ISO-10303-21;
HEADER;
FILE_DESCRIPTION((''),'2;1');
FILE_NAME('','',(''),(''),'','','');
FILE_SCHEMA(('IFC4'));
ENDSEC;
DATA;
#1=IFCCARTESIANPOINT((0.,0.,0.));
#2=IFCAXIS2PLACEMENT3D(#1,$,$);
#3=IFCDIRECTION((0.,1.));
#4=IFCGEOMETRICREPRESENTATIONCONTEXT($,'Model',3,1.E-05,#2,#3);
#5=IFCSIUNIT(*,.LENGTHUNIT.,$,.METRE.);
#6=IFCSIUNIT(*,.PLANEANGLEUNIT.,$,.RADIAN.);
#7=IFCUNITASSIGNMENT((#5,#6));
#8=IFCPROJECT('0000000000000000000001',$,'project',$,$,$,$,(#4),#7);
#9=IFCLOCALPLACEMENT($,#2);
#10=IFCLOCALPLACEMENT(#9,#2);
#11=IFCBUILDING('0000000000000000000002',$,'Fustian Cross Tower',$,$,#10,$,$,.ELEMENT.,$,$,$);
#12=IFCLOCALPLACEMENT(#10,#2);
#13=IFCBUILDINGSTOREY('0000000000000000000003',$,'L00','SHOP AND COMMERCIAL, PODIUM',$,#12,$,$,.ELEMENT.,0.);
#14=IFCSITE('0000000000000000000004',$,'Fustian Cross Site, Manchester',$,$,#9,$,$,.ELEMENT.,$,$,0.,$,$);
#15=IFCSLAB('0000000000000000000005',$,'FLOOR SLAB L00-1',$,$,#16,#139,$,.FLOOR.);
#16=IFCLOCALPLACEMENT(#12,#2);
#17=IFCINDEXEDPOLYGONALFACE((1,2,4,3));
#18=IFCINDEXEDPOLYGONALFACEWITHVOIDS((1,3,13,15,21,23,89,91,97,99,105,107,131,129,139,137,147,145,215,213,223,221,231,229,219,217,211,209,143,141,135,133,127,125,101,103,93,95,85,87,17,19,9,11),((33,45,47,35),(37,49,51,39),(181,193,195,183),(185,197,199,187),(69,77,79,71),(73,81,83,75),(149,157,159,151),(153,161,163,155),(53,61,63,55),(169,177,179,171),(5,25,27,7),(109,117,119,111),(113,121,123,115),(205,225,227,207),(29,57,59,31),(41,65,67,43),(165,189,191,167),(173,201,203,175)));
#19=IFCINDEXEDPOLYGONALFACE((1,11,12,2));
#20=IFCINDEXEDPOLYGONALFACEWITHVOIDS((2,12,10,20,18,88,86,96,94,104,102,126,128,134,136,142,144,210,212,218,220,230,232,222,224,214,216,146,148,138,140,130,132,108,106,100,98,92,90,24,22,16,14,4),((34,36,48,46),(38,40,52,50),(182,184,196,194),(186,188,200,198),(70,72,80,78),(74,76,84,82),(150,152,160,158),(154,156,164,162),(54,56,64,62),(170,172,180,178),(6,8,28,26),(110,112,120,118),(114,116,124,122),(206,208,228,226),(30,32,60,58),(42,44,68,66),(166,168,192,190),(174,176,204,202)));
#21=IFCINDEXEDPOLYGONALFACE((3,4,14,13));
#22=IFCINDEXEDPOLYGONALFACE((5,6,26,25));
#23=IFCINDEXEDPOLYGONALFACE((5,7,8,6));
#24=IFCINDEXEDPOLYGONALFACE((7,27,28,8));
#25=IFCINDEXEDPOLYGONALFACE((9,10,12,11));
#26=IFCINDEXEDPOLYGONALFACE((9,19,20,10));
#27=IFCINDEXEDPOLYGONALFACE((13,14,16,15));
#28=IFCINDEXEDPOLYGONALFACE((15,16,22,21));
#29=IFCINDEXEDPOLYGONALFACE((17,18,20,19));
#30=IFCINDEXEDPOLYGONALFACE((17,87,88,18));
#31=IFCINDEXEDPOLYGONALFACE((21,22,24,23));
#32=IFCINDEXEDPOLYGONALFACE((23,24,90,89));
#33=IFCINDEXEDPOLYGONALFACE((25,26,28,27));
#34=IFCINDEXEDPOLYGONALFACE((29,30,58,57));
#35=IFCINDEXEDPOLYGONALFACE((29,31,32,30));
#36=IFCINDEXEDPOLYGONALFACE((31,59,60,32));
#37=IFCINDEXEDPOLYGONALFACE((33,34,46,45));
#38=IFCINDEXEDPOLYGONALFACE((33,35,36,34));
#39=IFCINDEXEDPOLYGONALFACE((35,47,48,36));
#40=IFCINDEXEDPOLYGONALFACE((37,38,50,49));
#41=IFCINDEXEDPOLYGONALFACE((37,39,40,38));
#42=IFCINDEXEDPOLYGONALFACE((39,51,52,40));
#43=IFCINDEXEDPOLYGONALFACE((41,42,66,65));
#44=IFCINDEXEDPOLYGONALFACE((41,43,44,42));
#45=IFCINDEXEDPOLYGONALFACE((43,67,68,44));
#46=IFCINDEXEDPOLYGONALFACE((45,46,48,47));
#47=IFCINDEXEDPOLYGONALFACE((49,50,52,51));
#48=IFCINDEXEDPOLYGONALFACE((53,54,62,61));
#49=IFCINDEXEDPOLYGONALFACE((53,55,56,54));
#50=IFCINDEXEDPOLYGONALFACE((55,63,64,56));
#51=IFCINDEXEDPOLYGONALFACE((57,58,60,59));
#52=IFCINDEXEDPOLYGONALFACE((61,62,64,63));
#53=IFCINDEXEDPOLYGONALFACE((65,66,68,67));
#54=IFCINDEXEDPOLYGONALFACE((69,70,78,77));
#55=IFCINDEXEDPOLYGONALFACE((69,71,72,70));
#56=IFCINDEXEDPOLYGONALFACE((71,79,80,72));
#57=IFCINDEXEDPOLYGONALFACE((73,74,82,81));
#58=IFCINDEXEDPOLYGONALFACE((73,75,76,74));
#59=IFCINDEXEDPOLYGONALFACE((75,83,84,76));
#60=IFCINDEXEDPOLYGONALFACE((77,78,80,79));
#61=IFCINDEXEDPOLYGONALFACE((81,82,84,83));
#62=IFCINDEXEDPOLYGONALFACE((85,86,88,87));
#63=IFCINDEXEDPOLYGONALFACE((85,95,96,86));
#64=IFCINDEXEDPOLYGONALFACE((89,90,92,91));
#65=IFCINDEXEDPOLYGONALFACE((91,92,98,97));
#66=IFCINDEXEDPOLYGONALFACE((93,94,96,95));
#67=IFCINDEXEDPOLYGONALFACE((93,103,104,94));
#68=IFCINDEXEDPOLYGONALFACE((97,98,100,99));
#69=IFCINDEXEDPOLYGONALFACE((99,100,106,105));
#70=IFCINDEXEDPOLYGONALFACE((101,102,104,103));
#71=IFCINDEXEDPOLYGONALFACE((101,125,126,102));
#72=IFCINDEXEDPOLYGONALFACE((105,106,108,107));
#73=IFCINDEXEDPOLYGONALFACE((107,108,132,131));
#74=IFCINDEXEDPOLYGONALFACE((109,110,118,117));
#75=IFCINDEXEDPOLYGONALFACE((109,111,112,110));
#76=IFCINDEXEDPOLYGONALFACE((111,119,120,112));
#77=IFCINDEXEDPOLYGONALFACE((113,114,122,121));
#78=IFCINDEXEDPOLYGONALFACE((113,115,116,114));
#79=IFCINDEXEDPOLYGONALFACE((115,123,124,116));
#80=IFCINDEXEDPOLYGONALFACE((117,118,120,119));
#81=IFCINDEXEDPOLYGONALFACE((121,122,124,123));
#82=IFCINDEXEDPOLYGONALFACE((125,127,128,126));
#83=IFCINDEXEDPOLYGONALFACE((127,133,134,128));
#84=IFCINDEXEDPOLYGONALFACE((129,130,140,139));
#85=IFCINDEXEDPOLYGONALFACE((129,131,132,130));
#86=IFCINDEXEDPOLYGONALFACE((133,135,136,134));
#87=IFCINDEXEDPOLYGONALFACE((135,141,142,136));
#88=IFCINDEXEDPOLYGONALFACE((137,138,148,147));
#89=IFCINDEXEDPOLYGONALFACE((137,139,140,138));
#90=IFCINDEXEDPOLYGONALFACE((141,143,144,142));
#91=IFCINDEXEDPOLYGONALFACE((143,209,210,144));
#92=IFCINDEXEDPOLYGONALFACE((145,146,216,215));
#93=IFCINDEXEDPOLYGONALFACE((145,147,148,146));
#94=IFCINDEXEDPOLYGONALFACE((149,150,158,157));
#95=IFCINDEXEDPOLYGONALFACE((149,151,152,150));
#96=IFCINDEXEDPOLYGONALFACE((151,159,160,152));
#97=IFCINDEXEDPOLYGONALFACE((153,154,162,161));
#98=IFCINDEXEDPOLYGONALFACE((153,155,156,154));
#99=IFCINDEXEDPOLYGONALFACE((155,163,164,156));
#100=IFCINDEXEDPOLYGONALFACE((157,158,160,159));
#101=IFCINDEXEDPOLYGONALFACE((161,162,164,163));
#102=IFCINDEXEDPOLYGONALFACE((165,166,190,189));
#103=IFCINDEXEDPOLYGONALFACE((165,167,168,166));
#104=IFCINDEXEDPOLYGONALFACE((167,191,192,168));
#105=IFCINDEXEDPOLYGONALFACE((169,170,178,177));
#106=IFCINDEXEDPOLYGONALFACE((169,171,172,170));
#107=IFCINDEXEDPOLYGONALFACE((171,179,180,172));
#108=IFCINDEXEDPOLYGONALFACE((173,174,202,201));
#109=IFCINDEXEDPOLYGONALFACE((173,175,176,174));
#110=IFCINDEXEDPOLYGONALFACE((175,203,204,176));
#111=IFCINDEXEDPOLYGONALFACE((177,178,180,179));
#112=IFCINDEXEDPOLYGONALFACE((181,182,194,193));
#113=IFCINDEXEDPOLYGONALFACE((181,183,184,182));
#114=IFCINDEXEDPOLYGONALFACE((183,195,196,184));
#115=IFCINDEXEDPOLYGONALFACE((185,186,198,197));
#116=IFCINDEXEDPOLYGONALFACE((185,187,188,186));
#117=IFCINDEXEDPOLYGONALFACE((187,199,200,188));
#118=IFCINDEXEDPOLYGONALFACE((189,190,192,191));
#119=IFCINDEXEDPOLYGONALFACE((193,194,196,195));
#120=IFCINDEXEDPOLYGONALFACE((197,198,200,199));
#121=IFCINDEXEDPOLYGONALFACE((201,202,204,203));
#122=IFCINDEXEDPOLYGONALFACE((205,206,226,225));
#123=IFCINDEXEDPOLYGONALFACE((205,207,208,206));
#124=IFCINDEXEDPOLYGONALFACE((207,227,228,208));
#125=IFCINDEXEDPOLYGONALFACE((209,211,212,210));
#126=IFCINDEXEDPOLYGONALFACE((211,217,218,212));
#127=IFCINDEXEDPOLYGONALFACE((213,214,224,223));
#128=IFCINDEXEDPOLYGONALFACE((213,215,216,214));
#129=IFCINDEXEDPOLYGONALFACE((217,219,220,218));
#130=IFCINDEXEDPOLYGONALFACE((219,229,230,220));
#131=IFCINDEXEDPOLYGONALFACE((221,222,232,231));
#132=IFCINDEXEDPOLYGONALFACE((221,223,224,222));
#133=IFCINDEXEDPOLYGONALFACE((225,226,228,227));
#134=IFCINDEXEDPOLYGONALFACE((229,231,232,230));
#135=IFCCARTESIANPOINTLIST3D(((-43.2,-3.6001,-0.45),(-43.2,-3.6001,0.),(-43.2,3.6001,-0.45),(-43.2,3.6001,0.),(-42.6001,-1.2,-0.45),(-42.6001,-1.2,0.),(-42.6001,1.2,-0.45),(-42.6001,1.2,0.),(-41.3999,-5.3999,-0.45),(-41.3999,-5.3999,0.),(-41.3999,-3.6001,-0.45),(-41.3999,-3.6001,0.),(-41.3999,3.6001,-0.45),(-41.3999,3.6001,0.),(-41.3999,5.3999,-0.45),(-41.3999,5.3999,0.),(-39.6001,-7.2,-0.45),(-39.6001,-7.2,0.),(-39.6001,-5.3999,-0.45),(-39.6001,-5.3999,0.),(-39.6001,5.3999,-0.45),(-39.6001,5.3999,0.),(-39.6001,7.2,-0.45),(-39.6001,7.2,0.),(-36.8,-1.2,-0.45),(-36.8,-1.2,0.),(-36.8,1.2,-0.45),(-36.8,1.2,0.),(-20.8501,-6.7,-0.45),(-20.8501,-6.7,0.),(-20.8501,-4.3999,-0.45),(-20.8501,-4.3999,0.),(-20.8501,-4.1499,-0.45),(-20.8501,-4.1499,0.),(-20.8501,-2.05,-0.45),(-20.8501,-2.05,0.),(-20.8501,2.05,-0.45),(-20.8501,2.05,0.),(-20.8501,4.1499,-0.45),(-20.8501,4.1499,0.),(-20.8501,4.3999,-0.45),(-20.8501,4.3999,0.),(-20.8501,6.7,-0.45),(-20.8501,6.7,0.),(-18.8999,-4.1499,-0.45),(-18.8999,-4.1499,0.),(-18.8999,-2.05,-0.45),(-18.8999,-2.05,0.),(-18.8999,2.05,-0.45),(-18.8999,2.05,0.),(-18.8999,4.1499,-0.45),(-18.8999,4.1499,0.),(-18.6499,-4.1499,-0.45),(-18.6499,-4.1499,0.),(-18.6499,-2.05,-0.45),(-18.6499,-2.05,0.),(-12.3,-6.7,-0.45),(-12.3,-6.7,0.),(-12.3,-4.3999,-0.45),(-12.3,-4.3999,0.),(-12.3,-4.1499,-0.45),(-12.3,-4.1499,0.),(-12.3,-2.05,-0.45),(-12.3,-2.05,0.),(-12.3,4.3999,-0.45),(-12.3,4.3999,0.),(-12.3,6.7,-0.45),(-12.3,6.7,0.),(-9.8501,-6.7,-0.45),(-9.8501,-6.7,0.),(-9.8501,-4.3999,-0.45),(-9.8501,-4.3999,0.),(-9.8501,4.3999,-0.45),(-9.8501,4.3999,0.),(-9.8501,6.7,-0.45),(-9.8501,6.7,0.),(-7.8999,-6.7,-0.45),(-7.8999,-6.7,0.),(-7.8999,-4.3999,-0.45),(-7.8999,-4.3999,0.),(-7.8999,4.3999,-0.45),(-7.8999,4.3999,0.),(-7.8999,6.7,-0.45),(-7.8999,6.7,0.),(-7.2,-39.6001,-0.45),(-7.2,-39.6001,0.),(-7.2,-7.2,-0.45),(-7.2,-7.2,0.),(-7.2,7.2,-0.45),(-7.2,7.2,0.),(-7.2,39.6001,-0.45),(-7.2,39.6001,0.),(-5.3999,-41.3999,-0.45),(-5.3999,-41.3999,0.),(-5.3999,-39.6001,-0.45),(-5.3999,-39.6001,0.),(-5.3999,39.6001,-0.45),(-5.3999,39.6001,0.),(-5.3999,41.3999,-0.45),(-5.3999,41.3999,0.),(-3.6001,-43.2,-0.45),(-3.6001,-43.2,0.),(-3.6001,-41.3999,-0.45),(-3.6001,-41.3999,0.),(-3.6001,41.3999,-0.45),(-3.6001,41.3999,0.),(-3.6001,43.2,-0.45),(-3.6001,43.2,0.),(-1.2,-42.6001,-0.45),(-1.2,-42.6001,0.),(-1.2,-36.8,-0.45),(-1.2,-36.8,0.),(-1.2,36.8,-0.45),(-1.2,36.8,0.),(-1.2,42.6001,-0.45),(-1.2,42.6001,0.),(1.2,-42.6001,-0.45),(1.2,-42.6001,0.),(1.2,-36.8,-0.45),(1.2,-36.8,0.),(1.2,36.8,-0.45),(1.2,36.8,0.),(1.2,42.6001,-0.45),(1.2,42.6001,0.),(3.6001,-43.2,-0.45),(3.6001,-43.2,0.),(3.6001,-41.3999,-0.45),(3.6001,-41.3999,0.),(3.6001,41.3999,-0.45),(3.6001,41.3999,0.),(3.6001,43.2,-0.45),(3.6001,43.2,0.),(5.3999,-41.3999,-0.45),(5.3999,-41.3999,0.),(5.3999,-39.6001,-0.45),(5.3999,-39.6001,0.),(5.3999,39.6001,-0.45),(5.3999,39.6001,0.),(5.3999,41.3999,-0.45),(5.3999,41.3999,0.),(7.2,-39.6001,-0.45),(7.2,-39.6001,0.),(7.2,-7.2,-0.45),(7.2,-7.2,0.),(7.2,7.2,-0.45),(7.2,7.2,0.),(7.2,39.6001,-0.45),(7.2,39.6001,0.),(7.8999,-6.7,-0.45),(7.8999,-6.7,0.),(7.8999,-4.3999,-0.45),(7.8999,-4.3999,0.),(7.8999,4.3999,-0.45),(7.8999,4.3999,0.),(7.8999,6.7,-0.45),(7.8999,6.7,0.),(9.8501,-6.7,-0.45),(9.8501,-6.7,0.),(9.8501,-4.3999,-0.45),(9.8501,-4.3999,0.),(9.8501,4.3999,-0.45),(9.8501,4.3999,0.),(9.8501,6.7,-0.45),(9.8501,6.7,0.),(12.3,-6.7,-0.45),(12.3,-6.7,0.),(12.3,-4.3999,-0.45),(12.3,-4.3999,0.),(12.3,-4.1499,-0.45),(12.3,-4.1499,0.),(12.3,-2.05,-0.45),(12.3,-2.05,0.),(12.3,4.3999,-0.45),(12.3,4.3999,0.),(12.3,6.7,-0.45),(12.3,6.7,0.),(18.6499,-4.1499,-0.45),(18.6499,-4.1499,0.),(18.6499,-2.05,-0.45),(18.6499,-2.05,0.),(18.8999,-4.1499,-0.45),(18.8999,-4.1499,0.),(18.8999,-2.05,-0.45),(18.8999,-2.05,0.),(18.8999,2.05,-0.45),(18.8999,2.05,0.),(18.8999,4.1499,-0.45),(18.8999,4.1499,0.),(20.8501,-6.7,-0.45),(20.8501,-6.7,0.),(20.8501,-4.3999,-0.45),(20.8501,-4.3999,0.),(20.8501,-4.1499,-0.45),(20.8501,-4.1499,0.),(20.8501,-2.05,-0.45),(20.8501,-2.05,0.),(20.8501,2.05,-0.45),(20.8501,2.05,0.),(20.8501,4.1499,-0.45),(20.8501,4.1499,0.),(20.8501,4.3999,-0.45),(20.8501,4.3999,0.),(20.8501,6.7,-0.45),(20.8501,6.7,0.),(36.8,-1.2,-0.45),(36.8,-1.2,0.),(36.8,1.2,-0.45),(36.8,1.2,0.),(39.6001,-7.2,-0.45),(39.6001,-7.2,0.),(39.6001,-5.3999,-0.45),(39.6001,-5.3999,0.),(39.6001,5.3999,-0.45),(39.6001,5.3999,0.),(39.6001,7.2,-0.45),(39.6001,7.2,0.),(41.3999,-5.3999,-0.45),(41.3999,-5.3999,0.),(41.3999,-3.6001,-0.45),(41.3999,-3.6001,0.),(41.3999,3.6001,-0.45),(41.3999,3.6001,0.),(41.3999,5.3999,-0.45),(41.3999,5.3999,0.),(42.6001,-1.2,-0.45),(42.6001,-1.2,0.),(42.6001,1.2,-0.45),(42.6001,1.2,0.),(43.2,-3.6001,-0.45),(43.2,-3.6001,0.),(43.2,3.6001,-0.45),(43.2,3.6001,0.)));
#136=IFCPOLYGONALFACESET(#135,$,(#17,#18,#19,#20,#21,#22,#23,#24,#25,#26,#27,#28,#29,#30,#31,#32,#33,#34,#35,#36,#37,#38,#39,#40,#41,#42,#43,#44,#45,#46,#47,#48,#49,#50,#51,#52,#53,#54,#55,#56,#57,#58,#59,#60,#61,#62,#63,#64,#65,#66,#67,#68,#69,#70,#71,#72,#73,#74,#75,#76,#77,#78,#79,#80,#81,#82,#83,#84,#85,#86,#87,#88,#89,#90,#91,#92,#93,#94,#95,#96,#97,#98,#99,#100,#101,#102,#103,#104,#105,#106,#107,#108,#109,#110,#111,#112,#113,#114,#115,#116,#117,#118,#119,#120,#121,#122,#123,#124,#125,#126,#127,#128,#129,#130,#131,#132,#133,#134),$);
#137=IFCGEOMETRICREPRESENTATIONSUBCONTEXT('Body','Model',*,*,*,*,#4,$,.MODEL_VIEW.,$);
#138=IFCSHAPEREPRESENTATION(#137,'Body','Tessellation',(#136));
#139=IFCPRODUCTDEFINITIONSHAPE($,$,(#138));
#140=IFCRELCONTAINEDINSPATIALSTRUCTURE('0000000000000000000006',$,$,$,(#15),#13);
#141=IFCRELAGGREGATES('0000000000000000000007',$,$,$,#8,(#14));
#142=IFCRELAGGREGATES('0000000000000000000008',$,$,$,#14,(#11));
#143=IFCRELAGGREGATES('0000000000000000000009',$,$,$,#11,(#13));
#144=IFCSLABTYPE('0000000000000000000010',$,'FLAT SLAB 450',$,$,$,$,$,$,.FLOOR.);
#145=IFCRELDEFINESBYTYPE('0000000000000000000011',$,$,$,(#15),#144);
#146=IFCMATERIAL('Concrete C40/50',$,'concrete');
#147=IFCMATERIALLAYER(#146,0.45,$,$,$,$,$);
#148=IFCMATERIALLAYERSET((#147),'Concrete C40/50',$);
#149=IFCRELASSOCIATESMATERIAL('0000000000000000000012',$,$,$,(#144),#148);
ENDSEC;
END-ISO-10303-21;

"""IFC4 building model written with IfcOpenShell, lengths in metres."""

from ifc_helpers import new_model, si_unit, direction, frame, origin, place, context, subcontext, project, spatial, polyline, outline, extrude, material, layer, layer_set, type_object, element, save


model = new_model("IFC4")

# Units and contexts
model_context = context("Model", 3, precision=1e-05, world=origin(), true_north=direction((0.0, 1.0)))
body_context = subcontext(model_context, "Body", "Model", "MODEL_VIEW")
ifc_project = project(units=[si_unit("LENGTHUNIT", "METRE"), si_unit("PLANEANGLEUNIT", "RADIAN")], contexts=[model_context])

# Site, building, storey
site_placement = place(None, origin())
site = spatial("IfcSite", under=ifc_project, at=site_placement, Name="Fustian Cross Site, Manchester", CompositionType="ELEMENT", RefElevation=0.0)
building_placement = place(site_placement, origin())
building = spatial("IfcBuilding", under=site, at=building_placement, Name="Fustian Cross Tower", CompositionType="ELEMENT")
storey_placement = place(building_placement, origin())
storey = spatial("IfcBuildingStorey", under=building, at=storey_placement, Name="L00", Description="SHOP AND COMMERCIAL, PODIUM", CompositionType="ELEMENT", Elevation=0.0)

# Slab
ifc_material_1 = material(Name="Concrete C40/50", Category="concrete")
ifc_layer_1 = layer(ifc_material_1, 0.45)
ifc_layer_set_1 = layer_set([ifc_layer_1], Name="Concrete C40/50")
slab_type_1 = type_object("IfcSlabType", Name="FLAT SLAB 450", PredefinedType="FLOOR", material=ifc_layer_set_1)
slab_1_placement = place(storey_placement, frame((0.0, 0.0, -0.45)))
element("IfcSlab", 1, at=slab_1_placement, inside=storey, type_object=slab_type_1, Name="FLOOR SLAB L00-1", PredefinedType="FLOOR", context=body_context, shape_type="SweptSolid", body=[
    extrude(outline(polyline([(7.2, -39.6001), (5.3999, -39.6001), (5.3999, -41.3999), (3.6001, -41.3999), (3.6001, -43.2), (-3.6001, -43.2), (-3.6001, -41.3999), (-5.3999, -41.3999), (-5.3999, -39.6001), (-7.2, -39.6001), (-7.2, -7.2), (-39.6001, -7.2), (-39.6001, -5.3999), (-41.3999, -5.3999), (-41.3999, -3.6001), (-43.2, -3.6001), (-43.2, 3.6001), (-41.3999, 3.6001), (-41.3999, 5.3999), (-39.6001, 5.3999), (-39.6001, 7.2), (-7.2, 7.2), (-7.2, 39.6001), (-5.3999, 39.6001), (-5.3999, 41.3999), (-3.6001, 41.3999), (-3.6001, 43.2), (3.6001, 43.2), (3.6001, 41.3999), (5.3999, 41.3999), (5.3999, 39.6001), (7.2, 39.6001), (7.2, 7.2), (39.6001, 7.2), (39.6001, 5.3999), (41.3999, 5.3999), (41.3999, 3.6001), (43.2, 3.6001), (43.2, -3.6001), (41.3999, -3.6001), (41.3999, -5.3999), (39.6001, -5.3999), (39.6001, -7.2), (7.2, -7.2), (7.2, -39.6001)]), holes=[polyline([(18.8999, -4.1499), (20.8501, -4.1499), (20.8501, -2.05), (18.8999, -2.05), (18.8999, -4.1499)]), polyline([(18.8999, 4.1499), (18.8999, 2.05), (20.8501, 2.05), (20.8501, 4.1499), (18.8999, 4.1499)]), polyline([(9.8501, 6.7), (7.8999, 6.7), (7.8999, 4.3999), (9.8501, 4.3999), (9.8501, 6.7)]), polyline([(9.8501, -6.7), (9.8501, -4.3999), (7.8999, -4.3999), (7.8999, -6.7), (9.8501, -6.7)]), polyline([(-20.8501, -4.1499), (-18.8999, -4.1499), (-18.8999, -2.05), (-20.8501, -2.05), (-20.8501, -4.1499)]), polyline([(-20.8501, 4.1499), (-20.8501, 2.05), (-18.8999, 2.05), (-18.8999, 4.1499), (-20.8501, 4.1499)]), polyline([(-7.8999, 6.7), (-9.8501, 6.7), (-9.8501, 4.3999), (-7.8999, 4.3999), (-7.8999, 6.7)]), polyline([(-7.8999, -6.7), (-7.8999, -4.3999), (-9.8501, -4.3999), (-9.8501, -6.7), (-7.8999, -6.7)]), polyline([(12.3, -4.1499), (18.6499, -4.1499), (18.6499, -2.05), (12.3, -2.05), (12.3, -4.1499)]), polyline([(-18.6499, -2.05), (-18.6499, -4.1499), (-12.3, -4.1499), (-12.3, -2.05), (-18.6499, -2.05)]), polyline([(20.8501, 6.7), (12.3, 6.7), (12.3, 4.3999), (20.8501, 4.3999), (20.8501, 6.7)]), polyline([(20.8501, -6.7), (20.8501, -4.3999), (12.3, -4.3999), (12.3, -6.7), (20.8501, -6.7)]), polyline([(-20.8501, 4.3999), (-12.3, 4.3999), (-12.3, 6.7), (-20.8501, 6.7), (-20.8501, 4.3999)]), polyline([(-20.8501, -4.3999), (-20.8501, -6.7), (-12.3, -6.7), (-12.3, -4.3999), (-20.8501, -4.3999)]), polyline([(1.2, 42.6001), (-1.2, 42.6001), (-1.2, 36.8), (1.2, 36.8), (1.2, 42.6001)]), polyline([(1.2, -42.6001), (1.2, -36.8), (-1.2, -36.8), (-1.2, -42.6001), (1.2, -42.6001)]), polyline([(36.8, -1.2), (42.6001, -1.2), (42.6001, 1.2), (36.8, 1.2), (36.8, -1.2)]), polyline([(-42.6001, 1.2), (-42.6001, -1.2), (-36.8, -1.2), (-36.8, 1.2), (-42.6001, 1.2)])]), origin(), (0.0, 0.0, 1.0), 0.45),
])

save(model, "model.ifc")
